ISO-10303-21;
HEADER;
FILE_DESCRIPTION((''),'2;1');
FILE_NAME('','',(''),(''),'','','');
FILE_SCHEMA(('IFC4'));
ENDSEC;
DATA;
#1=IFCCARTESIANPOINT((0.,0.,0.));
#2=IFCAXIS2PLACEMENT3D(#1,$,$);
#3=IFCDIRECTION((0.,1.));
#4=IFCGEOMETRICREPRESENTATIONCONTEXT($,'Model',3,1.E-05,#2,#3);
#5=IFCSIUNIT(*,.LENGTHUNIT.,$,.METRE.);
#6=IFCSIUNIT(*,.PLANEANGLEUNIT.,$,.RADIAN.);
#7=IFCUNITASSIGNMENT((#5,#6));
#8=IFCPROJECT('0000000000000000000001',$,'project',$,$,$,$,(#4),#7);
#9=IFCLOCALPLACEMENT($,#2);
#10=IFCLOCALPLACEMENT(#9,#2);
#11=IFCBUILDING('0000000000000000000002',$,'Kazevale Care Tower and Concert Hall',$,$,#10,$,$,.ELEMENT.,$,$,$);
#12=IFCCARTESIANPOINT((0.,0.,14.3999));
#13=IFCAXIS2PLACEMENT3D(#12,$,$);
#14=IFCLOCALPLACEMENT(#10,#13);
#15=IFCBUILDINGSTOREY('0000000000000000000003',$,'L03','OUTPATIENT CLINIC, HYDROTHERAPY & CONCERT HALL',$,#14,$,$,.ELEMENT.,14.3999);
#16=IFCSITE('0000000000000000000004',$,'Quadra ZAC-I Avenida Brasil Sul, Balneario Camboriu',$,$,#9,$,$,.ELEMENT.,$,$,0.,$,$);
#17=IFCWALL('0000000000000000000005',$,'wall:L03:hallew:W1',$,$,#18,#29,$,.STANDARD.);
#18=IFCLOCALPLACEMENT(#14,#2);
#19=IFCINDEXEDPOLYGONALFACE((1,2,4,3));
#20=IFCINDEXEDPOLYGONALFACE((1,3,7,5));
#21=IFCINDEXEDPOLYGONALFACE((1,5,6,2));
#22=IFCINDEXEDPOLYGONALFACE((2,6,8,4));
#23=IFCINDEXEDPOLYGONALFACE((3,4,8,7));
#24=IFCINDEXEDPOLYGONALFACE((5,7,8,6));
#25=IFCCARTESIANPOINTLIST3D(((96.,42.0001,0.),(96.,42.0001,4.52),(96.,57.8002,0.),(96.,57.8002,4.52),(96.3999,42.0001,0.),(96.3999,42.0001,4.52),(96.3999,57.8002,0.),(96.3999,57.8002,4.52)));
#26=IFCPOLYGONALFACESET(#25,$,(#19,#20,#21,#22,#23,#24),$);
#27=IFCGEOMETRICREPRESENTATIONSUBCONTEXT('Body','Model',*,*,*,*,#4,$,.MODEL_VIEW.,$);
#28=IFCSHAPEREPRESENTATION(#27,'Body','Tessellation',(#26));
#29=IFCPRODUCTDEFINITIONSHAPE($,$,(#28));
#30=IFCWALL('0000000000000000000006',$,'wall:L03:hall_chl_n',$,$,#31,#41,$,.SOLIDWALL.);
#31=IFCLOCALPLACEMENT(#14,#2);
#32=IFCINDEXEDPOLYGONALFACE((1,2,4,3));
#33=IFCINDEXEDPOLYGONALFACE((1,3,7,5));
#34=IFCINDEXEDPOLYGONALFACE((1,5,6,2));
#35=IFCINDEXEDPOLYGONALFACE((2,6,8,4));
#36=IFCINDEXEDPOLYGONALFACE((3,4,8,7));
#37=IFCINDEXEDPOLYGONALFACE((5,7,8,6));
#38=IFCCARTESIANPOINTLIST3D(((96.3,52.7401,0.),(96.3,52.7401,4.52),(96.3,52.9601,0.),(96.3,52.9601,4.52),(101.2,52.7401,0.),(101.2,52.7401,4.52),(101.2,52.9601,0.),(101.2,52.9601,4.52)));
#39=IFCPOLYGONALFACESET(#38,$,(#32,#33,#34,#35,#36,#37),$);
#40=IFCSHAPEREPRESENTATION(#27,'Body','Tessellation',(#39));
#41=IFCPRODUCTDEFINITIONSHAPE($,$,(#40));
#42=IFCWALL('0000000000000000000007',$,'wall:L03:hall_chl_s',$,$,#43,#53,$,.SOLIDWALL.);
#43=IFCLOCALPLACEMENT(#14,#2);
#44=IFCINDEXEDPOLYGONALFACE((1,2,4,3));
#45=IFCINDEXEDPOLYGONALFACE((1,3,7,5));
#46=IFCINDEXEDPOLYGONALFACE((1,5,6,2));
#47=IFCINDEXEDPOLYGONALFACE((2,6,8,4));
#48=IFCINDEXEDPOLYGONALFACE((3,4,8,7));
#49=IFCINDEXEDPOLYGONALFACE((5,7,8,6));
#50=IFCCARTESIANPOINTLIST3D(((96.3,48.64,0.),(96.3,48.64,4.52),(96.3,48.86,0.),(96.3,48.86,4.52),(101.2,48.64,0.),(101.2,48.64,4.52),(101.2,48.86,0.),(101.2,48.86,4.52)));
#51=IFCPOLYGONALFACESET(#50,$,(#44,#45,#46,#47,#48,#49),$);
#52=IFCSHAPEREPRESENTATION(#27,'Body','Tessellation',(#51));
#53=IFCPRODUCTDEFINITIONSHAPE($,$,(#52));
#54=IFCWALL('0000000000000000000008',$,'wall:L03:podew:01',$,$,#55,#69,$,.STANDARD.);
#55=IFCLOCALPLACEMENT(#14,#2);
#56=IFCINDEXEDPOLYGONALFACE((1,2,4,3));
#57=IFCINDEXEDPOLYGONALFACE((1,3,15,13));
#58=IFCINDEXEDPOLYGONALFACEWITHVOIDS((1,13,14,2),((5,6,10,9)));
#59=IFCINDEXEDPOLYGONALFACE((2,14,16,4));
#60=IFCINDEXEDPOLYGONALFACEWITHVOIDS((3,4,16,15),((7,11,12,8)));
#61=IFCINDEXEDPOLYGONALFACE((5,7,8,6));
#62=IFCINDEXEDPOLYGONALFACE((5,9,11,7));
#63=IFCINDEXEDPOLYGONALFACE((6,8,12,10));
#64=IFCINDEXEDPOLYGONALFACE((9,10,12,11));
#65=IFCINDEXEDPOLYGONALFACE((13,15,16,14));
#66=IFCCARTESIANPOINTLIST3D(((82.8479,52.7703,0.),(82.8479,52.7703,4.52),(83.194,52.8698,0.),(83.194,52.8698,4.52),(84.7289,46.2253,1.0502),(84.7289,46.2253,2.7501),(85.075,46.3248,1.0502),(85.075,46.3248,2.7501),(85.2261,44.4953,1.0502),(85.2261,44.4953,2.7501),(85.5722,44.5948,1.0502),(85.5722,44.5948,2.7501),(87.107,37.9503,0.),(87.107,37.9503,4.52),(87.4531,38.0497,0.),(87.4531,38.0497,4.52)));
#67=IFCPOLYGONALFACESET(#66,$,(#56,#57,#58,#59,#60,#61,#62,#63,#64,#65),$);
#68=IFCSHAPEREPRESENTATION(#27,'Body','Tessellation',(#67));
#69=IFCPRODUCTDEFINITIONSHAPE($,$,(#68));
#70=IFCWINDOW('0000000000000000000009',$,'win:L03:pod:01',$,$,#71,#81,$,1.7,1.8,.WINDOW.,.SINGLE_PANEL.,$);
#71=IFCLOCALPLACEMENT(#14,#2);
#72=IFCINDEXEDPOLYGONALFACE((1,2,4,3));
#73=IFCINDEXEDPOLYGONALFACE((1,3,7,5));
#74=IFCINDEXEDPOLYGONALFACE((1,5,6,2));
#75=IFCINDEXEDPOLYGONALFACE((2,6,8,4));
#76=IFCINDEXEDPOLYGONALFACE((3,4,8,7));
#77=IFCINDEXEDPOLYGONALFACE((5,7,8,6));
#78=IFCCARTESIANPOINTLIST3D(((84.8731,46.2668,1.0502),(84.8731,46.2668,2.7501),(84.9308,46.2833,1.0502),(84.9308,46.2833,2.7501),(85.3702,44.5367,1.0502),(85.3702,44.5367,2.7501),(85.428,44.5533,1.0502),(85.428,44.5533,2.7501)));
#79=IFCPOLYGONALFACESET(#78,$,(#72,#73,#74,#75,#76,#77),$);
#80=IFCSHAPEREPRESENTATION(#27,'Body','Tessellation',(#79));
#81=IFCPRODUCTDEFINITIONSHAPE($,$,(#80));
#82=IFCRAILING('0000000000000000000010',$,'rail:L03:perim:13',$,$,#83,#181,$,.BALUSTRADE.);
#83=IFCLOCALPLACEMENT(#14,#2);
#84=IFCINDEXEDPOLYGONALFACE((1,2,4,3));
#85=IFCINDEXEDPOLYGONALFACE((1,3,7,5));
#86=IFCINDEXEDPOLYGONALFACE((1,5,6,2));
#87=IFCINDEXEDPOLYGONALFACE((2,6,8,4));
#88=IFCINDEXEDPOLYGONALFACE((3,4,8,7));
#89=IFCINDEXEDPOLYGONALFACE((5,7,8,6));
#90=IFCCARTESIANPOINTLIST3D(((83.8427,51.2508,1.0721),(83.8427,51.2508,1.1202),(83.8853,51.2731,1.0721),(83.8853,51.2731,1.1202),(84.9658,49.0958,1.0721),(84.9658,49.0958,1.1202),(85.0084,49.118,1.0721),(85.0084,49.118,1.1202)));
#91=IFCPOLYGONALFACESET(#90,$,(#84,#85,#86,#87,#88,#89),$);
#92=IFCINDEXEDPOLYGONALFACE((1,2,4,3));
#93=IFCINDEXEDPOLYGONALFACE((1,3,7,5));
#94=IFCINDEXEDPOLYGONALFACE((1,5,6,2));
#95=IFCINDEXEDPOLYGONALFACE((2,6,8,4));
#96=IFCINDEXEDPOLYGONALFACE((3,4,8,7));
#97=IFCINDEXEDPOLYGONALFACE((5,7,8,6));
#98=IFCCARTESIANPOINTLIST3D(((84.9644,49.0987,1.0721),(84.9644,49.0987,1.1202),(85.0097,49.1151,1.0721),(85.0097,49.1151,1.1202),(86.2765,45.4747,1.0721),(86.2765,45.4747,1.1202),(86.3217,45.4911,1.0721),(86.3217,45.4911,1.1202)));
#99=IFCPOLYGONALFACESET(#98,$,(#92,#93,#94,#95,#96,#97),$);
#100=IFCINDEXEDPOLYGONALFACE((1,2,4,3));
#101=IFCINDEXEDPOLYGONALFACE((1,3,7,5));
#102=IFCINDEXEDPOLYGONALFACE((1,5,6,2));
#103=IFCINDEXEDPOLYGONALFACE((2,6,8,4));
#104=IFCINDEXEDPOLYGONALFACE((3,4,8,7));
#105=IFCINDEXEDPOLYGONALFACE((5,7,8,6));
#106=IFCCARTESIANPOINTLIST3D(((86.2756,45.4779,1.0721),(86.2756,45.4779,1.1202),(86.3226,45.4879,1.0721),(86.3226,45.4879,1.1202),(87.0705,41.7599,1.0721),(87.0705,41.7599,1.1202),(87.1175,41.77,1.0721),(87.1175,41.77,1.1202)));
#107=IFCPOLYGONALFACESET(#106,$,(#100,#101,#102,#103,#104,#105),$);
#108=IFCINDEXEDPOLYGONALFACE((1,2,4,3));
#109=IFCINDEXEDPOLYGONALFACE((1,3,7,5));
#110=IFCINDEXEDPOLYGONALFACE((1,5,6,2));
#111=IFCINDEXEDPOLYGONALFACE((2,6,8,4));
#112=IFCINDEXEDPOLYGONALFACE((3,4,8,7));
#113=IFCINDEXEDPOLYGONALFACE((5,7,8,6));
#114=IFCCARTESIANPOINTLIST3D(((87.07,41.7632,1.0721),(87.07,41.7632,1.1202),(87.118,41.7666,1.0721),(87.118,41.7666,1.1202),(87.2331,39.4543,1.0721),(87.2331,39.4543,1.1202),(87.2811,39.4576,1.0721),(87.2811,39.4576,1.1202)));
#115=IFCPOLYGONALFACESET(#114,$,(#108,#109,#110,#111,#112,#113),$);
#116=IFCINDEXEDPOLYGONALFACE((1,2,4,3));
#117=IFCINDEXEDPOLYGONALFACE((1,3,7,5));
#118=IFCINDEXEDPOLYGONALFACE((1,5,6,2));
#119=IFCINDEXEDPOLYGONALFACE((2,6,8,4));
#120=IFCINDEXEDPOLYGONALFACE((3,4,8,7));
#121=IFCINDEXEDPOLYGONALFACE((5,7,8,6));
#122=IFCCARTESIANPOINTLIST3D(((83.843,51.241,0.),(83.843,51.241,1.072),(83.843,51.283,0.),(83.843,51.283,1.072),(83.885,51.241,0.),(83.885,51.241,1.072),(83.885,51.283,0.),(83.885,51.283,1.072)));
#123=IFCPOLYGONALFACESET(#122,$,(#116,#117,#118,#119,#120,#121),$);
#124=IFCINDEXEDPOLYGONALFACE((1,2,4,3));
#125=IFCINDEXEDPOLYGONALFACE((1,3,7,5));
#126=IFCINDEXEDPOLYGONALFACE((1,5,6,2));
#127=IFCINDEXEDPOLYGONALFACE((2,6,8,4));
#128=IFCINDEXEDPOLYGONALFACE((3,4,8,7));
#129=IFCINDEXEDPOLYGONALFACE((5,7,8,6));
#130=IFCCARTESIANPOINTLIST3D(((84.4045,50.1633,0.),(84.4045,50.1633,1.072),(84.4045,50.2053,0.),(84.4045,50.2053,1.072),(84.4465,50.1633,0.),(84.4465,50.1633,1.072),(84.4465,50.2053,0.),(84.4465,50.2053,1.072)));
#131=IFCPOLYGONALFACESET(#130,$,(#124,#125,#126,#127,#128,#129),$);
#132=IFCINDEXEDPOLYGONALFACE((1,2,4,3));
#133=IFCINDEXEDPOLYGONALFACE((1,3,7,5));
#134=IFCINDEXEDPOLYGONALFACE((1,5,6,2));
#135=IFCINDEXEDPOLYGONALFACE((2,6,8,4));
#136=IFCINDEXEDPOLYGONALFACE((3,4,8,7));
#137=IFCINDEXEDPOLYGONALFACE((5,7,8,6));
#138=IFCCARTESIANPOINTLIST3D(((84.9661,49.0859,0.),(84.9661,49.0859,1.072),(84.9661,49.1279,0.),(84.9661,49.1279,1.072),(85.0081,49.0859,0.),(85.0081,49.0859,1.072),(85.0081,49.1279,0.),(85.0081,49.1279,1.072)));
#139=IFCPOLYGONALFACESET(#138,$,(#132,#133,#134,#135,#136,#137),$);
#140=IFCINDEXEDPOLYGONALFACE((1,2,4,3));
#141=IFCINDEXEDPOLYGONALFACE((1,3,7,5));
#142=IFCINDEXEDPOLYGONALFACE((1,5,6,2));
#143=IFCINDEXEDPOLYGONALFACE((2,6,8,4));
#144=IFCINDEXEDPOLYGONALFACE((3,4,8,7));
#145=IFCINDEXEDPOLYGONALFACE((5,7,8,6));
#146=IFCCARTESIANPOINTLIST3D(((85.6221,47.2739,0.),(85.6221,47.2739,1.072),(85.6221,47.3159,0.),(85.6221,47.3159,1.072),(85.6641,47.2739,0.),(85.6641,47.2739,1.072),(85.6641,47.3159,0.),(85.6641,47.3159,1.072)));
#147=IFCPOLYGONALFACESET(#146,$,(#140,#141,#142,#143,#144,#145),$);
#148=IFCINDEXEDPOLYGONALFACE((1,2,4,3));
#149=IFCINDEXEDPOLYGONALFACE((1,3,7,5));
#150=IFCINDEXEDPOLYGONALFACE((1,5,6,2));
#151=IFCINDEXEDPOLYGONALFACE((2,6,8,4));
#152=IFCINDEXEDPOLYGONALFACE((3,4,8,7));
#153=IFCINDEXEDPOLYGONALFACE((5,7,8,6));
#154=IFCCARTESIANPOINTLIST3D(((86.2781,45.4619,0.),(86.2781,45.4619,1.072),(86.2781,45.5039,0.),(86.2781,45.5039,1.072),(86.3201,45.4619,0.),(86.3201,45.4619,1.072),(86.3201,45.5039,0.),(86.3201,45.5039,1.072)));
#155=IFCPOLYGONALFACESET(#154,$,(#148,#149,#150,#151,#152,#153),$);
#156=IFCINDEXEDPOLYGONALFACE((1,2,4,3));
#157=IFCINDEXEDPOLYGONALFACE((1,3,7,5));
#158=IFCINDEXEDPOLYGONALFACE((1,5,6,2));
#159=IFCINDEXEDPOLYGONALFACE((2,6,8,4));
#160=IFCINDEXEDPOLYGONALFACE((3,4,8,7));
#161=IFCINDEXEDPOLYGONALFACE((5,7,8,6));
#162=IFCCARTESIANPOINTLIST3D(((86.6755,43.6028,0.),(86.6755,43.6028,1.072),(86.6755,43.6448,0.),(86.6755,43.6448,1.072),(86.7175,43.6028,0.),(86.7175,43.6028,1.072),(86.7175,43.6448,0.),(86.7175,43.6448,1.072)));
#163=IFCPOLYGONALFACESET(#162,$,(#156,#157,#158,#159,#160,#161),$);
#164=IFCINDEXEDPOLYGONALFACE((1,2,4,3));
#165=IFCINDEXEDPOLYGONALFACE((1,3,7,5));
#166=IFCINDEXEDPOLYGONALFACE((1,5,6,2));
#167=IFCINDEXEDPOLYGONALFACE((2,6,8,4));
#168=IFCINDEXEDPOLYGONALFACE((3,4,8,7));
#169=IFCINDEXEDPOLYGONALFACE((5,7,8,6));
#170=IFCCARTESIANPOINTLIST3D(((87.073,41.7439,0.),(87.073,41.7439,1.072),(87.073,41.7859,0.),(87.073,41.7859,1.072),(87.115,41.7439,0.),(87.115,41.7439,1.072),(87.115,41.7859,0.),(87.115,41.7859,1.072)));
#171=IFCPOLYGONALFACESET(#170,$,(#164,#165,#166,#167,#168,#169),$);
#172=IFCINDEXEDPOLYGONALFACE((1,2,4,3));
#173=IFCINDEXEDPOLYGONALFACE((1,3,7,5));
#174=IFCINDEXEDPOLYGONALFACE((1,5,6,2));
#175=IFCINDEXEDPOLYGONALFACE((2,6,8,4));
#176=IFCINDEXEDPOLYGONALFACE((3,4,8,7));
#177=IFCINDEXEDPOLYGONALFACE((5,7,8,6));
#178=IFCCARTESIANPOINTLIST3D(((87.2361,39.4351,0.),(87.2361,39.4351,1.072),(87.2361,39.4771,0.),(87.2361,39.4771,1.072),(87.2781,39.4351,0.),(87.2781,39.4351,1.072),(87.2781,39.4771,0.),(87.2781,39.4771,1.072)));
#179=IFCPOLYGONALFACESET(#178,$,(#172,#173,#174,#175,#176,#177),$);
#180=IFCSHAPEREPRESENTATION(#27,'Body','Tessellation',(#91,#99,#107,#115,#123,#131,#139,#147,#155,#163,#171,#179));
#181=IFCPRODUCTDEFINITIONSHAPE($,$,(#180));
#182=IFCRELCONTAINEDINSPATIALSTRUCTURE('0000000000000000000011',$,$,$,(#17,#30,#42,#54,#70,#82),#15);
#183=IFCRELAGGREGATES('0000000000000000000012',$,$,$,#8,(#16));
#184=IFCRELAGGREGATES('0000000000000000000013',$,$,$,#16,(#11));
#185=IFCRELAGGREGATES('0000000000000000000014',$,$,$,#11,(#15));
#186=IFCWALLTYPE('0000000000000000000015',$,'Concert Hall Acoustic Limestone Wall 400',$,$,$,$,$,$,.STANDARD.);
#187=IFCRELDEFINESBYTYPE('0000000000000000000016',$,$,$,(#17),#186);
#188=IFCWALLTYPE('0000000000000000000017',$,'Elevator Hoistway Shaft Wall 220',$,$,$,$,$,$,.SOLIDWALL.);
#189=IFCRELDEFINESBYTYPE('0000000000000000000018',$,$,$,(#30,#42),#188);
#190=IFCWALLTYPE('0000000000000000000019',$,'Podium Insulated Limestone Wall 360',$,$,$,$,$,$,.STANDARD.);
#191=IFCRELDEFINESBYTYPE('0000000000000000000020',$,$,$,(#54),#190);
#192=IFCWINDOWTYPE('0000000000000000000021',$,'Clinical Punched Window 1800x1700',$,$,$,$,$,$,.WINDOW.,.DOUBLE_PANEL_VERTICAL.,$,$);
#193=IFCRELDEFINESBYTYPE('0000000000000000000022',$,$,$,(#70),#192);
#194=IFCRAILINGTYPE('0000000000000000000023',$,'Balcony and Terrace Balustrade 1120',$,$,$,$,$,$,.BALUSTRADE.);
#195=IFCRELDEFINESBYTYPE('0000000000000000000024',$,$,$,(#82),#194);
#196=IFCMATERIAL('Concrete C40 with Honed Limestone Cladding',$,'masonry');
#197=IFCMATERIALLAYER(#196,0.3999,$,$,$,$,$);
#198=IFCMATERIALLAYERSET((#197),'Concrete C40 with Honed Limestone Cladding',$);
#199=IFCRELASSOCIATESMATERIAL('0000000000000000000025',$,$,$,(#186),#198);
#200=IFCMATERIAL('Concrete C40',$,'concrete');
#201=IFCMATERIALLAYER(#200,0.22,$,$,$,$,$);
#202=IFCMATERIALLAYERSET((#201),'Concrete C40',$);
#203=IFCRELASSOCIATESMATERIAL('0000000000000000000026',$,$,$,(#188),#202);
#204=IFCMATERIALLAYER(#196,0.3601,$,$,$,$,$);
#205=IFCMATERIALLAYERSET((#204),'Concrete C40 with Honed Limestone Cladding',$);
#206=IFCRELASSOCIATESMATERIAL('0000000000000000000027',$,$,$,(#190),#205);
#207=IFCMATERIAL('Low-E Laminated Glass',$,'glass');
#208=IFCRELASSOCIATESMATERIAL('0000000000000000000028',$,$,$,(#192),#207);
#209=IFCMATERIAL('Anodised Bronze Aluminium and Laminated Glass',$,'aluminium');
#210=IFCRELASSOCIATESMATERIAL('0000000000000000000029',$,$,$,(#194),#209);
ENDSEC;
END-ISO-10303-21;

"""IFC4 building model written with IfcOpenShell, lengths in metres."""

from ifc_helpers import new_model, si_unit, direction, frame, frame_2d, origin, origin_2d, place, context, subcontext, project, spatial, rectangle, extrude, material, layer, layer_set, type_object, element, fill, save


model = new_model("IFC4")

# Units and contexts
model_context = context("Model", 3, precision=1e-05, world=origin(), true_north=direction((0.0, 1.0)))
body_context = subcontext(model_context, "Body", "Model", "MODEL_VIEW")
ifc_project = project(units=[si_unit("LENGTHUNIT", "METRE"), si_unit("PLANEANGLEUNIT", "RADIAN")], contexts=[model_context])

# Site, building, storey
site_placement = place(None, origin())
site = spatial("IfcSite", under=ifc_project, at=site_placement, Name="Quadra ZAC-I Avenida Brasil Sul, Balneario Camboriu", CompositionType="ELEMENT", RefElevation=0.0)
building_placement = place(site_placement, origin())
building = spatial("IfcBuilding", under=site, at=building_placement, Name="Kazevale Care Tower and Concert Hall", CompositionType="ELEMENT")
storey_placement = place(building_placement, frame((0.0, 0.0, 14.3999)))
storey = spatial("IfcBuildingStorey", under=building, at=storey_placement, Name="L03", Description="OUTPATIENT CLINIC, HYDROTHERAPY & CONCERT HALL", CompositionType="ELEMENT", Elevation=14.3999)

# Shared definitions
ifc_material_1 = material(Name="Low-E Laminated Glass", Category="glass")

# Walls
ifc_material_2 = material(Name="Concrete C40 with Honed Limestone Cladding", Category="masonry")
ifc_layer_1 = layer(ifc_material_2, 0.3999)
ifc_layer_set_1 = layer_set([ifc_layer_1], Name="Concrete C40 with Honed Limestone Cladding")
wall_type_1 = type_object("IfcWallType", Name="Concert Hall Acoustic Limestone Wall 400", PredefinedType="STANDARD", material=ifc_layer_set_1)
wall_1_placement = place(storey_placement, frame((96.2, 57.8, 0.0), z_axis=(0.0, 0.0, 1.0), x_axis=(0.0, -1.0, 0.0)))
element("IfcWall", 1, at=wall_1_placement, inside=storey, type_object=wall_type_1, Name="wall:L03:hallew:W1", PredefinedType="STANDARD", context=body_context, shape_type="SweptSolid", body=[
    extrude(rectangle(XDim=15.8, YDim=0.3999, at=frame_2d((7.8999, 0.0))), origin(), (0.0, 0.0, 1.0), 4.52),
])
ifc_material_3 = material(Name="Concrete C40", Category="concrete")
ifc_layer_2 = layer(ifc_material_3, 0.22)
ifc_layer_set_2 = layer_set([ifc_layer_2], Name="Concrete C40")
wall_type_2 = type_object("IfcWallType", Name="Elevator Hoistway Shaft Wall 220", PredefinedType="SOLIDWALL", material=ifc_layer_set_2)
for number, where, z_axis, x_axis, name in (
    (2, (96.3, 52.8501, 0.0), (0.0, 0.0, 1.0), (1.0, 0.0, 0.0), "wall:L03:hall_chl_n"),
    (3, (96.3, 48.75, 0.0), (0.0, 0.0, 1.0), (1.0, 0.0, 0.0), "wall:L03:hall_chl_s"),
):
    element("IfcWall", number, at=place(storey_placement, frame(where, z_axis=z_axis, x_axis=x_axis)), inside=storey, type_object=wall_type_2, Name=name, PredefinedType="SOLIDWALL", context=body_context, shape_type="SweptSolid", body=[
        extrude(rectangle(XDim=4.8999, YDim=0.22, at=frame_2d((2.45, 0.0))), origin(), (0.0, 0.0, 1.0), 4.52),
    ])

# Wall, opening, window
ifc_layer_3 = layer(ifc_material_2, 0.3601)
ifc_layer_set_3 = layer_set([ifc_layer_3], Name="Concrete C40 with Honed Limestone Cladding")
wall_type_3 = type_object("IfcWallType", Name="Podium Insulated Limestone Wall 360", PredefinedType="STANDARD", material=ifc_layer_set_3)
wall_2_placement = place(storey_placement, frame((87.28, 38.0, 0.0), z_axis=(0.0, 0.0, 1.0), x_axis=(-0.276203, 0.961099, 0.0)))
wall_2 = element("IfcWall", 4, at=wall_2_placement, inside=storey, type_object=wall_type_3, Name="wall:L03:podew:01", PredefinedType="STANDARD", context=body_context, shape_type="SweptSolid", body=[
    extrude(rectangle(XDim=15.4199, YDim=0.3601, at=frame_2d((7.71, 0.0))), origin(), (0.0, 0.0, 1.0), 4.52),
])
opening_placement = place(wall_2_placement, frame((6.8101, 0.0, 1.05)))
opening = element("IfcOpeningElement", 5, at=opening_placement, cuts=wall_2, PredefinedType="OPENING", context=body_context, shape_type="SweptSolid", body=[
    extrude(rectangle(XDim=1.8, YDim=1.7, at=frame_2d((0.8999, 0.8501))), frame((0.0, 0.1899, 0.0), z_axis=(0.0, -1.0, 0.0), x_axis=(1.0, 0.0, 0.0)), (0.0, 0.0, 1.0), 0.3801),
])
window_type = type_object("IfcWindowType", Name="Clinical Punched Window 1800x1700", PartitioningType="DOUBLE_PANEL_VERTICAL", PredefinedType="WINDOW", material=ifc_material_1)
window_placement = place(opening_placement, origin())
window = element("IfcWindow", 6, at=window_placement, inside=storey, type_object=window_type, Name="win:L03:pod:01", OverallHeight=1.7, OverallWidth=1.8, PartitioningType="SINGLE_PANEL", PredefinedType="WINDOW", context=body_context, shape_type="SweptSolid", body=[
    extrude(rectangle(XDim=1.8, YDim=1.7, at=frame_2d((0.8999, 0.8501))), frame((0.0, 0.03, 0.0), z_axis=(0.0, -1.0, 0.0), x_axis=(1.0, 0.0, 0.0)), (0.0, 0.0, 1.0), 0.0601),
])
fill(opening, window)

# Railing
ifc_material_4 = material(Name="Anodised Bronze Aluminium and Laminated Glass", Category="aluminium")
railing_type = type_object("IfcRailingType", Name="Balcony and Terrace Balustrade 1120", PredefinedType="BALUSTRADE", material=ifc_material_4)
railing_placement = place(storey_placement, frame((83.864, 51.262, 0.0)))
element("IfcRailing", 7, at=railing_placement, inside=storey, type_object=railing_type, Name="rail:L03:perim:13", PredefinedType="BALUSTRADE", context=body_context, shape_type="SweptSolid", body=[
    extrude(rectangle(XDim=0.0481, YDim=0.0481, at=origin_2d()), frame((0.0, 0.0, 1.0962), z_axis=(0.46214, -0.886807, 0.0), x_axis=(0.886807, 0.46214, 0.0)), (0.0, 0.0, 1.0), 2.4302),
    extrude(rectangle(XDim=0.0481, YDim=0.0481, at=origin_2d()), frame((1.123, -2.155, 1.0962), z_axis=(0.34041, -0.940277, 0.0), x_axis=(0.940277, 0.34041, 0.0)), (0.0, 0.0, 1.0), 3.8542),
    extrude(rectangle(XDim=0.0481, YDim=0.0481, at=origin_2d()), frame((2.4351, -5.7791, 1.0962), z_axis=(0.209077, -0.977899, 0.0), x_axis=(0.977899, 0.209077, 0.0)), (0.0, 0.0, 1.0), 3.802),
    extrude(rectangle(XDim=0.0481, YDim=0.0481, at=origin_2d()), frame((3.23, -9.4971, 1.0962), z_axis=(0.07046, -0.997515, 0.0), x_axis=(0.997515, 0.07046, 0.0)), (0.0, 0.0, 1.0), 2.3147),
    extrude(rectangle(XDim=0.042, YDim=0.042, at=origin_2d()), origin(), (0.0, 0.0, 1.0), 1.072),
    extrude(rectangle(XDim=0.042, YDim=0.042, at=origin_2d()), frame((0.5615, -1.0776, 0.0)), (0.0, 0.0, 1.0), 1.072),
    extrude(rectangle(XDim=0.042, YDim=0.042, at=origin_2d()), frame((1.123, -2.155, 0.0)), (0.0, 0.0, 1.0), 1.072),
    extrude(rectangle(XDim=0.042, YDim=0.042, at=origin_2d()), frame((1.7791, -3.967, 0.0)), (0.0, 0.0, 1.0), 1.072),
    extrude(rectangle(XDim=0.042, YDim=0.042, at=origin_2d()), frame((2.4351, -5.7791, 0.0)), (0.0, 0.0, 1.0), 1.072),
    extrude(rectangle(XDim=0.042, YDim=0.042, at=origin_2d()), frame((2.8325, -7.6382, 0.0)), (0.0, 0.0, 1.0), 1.072),
    extrude(rectangle(XDim=0.042, YDim=0.042, at=origin_2d()), frame((3.23, -9.4971, 0.0)), (0.0, 0.0, 1.0), 1.072),
    extrude(rectangle(XDim=0.042, YDim=0.042, at=origin_2d()), frame((3.3931, -11.8059, 0.0)), (0.0, 0.0, 1.0), 1.072),
])

save(model, "model.ifc")
